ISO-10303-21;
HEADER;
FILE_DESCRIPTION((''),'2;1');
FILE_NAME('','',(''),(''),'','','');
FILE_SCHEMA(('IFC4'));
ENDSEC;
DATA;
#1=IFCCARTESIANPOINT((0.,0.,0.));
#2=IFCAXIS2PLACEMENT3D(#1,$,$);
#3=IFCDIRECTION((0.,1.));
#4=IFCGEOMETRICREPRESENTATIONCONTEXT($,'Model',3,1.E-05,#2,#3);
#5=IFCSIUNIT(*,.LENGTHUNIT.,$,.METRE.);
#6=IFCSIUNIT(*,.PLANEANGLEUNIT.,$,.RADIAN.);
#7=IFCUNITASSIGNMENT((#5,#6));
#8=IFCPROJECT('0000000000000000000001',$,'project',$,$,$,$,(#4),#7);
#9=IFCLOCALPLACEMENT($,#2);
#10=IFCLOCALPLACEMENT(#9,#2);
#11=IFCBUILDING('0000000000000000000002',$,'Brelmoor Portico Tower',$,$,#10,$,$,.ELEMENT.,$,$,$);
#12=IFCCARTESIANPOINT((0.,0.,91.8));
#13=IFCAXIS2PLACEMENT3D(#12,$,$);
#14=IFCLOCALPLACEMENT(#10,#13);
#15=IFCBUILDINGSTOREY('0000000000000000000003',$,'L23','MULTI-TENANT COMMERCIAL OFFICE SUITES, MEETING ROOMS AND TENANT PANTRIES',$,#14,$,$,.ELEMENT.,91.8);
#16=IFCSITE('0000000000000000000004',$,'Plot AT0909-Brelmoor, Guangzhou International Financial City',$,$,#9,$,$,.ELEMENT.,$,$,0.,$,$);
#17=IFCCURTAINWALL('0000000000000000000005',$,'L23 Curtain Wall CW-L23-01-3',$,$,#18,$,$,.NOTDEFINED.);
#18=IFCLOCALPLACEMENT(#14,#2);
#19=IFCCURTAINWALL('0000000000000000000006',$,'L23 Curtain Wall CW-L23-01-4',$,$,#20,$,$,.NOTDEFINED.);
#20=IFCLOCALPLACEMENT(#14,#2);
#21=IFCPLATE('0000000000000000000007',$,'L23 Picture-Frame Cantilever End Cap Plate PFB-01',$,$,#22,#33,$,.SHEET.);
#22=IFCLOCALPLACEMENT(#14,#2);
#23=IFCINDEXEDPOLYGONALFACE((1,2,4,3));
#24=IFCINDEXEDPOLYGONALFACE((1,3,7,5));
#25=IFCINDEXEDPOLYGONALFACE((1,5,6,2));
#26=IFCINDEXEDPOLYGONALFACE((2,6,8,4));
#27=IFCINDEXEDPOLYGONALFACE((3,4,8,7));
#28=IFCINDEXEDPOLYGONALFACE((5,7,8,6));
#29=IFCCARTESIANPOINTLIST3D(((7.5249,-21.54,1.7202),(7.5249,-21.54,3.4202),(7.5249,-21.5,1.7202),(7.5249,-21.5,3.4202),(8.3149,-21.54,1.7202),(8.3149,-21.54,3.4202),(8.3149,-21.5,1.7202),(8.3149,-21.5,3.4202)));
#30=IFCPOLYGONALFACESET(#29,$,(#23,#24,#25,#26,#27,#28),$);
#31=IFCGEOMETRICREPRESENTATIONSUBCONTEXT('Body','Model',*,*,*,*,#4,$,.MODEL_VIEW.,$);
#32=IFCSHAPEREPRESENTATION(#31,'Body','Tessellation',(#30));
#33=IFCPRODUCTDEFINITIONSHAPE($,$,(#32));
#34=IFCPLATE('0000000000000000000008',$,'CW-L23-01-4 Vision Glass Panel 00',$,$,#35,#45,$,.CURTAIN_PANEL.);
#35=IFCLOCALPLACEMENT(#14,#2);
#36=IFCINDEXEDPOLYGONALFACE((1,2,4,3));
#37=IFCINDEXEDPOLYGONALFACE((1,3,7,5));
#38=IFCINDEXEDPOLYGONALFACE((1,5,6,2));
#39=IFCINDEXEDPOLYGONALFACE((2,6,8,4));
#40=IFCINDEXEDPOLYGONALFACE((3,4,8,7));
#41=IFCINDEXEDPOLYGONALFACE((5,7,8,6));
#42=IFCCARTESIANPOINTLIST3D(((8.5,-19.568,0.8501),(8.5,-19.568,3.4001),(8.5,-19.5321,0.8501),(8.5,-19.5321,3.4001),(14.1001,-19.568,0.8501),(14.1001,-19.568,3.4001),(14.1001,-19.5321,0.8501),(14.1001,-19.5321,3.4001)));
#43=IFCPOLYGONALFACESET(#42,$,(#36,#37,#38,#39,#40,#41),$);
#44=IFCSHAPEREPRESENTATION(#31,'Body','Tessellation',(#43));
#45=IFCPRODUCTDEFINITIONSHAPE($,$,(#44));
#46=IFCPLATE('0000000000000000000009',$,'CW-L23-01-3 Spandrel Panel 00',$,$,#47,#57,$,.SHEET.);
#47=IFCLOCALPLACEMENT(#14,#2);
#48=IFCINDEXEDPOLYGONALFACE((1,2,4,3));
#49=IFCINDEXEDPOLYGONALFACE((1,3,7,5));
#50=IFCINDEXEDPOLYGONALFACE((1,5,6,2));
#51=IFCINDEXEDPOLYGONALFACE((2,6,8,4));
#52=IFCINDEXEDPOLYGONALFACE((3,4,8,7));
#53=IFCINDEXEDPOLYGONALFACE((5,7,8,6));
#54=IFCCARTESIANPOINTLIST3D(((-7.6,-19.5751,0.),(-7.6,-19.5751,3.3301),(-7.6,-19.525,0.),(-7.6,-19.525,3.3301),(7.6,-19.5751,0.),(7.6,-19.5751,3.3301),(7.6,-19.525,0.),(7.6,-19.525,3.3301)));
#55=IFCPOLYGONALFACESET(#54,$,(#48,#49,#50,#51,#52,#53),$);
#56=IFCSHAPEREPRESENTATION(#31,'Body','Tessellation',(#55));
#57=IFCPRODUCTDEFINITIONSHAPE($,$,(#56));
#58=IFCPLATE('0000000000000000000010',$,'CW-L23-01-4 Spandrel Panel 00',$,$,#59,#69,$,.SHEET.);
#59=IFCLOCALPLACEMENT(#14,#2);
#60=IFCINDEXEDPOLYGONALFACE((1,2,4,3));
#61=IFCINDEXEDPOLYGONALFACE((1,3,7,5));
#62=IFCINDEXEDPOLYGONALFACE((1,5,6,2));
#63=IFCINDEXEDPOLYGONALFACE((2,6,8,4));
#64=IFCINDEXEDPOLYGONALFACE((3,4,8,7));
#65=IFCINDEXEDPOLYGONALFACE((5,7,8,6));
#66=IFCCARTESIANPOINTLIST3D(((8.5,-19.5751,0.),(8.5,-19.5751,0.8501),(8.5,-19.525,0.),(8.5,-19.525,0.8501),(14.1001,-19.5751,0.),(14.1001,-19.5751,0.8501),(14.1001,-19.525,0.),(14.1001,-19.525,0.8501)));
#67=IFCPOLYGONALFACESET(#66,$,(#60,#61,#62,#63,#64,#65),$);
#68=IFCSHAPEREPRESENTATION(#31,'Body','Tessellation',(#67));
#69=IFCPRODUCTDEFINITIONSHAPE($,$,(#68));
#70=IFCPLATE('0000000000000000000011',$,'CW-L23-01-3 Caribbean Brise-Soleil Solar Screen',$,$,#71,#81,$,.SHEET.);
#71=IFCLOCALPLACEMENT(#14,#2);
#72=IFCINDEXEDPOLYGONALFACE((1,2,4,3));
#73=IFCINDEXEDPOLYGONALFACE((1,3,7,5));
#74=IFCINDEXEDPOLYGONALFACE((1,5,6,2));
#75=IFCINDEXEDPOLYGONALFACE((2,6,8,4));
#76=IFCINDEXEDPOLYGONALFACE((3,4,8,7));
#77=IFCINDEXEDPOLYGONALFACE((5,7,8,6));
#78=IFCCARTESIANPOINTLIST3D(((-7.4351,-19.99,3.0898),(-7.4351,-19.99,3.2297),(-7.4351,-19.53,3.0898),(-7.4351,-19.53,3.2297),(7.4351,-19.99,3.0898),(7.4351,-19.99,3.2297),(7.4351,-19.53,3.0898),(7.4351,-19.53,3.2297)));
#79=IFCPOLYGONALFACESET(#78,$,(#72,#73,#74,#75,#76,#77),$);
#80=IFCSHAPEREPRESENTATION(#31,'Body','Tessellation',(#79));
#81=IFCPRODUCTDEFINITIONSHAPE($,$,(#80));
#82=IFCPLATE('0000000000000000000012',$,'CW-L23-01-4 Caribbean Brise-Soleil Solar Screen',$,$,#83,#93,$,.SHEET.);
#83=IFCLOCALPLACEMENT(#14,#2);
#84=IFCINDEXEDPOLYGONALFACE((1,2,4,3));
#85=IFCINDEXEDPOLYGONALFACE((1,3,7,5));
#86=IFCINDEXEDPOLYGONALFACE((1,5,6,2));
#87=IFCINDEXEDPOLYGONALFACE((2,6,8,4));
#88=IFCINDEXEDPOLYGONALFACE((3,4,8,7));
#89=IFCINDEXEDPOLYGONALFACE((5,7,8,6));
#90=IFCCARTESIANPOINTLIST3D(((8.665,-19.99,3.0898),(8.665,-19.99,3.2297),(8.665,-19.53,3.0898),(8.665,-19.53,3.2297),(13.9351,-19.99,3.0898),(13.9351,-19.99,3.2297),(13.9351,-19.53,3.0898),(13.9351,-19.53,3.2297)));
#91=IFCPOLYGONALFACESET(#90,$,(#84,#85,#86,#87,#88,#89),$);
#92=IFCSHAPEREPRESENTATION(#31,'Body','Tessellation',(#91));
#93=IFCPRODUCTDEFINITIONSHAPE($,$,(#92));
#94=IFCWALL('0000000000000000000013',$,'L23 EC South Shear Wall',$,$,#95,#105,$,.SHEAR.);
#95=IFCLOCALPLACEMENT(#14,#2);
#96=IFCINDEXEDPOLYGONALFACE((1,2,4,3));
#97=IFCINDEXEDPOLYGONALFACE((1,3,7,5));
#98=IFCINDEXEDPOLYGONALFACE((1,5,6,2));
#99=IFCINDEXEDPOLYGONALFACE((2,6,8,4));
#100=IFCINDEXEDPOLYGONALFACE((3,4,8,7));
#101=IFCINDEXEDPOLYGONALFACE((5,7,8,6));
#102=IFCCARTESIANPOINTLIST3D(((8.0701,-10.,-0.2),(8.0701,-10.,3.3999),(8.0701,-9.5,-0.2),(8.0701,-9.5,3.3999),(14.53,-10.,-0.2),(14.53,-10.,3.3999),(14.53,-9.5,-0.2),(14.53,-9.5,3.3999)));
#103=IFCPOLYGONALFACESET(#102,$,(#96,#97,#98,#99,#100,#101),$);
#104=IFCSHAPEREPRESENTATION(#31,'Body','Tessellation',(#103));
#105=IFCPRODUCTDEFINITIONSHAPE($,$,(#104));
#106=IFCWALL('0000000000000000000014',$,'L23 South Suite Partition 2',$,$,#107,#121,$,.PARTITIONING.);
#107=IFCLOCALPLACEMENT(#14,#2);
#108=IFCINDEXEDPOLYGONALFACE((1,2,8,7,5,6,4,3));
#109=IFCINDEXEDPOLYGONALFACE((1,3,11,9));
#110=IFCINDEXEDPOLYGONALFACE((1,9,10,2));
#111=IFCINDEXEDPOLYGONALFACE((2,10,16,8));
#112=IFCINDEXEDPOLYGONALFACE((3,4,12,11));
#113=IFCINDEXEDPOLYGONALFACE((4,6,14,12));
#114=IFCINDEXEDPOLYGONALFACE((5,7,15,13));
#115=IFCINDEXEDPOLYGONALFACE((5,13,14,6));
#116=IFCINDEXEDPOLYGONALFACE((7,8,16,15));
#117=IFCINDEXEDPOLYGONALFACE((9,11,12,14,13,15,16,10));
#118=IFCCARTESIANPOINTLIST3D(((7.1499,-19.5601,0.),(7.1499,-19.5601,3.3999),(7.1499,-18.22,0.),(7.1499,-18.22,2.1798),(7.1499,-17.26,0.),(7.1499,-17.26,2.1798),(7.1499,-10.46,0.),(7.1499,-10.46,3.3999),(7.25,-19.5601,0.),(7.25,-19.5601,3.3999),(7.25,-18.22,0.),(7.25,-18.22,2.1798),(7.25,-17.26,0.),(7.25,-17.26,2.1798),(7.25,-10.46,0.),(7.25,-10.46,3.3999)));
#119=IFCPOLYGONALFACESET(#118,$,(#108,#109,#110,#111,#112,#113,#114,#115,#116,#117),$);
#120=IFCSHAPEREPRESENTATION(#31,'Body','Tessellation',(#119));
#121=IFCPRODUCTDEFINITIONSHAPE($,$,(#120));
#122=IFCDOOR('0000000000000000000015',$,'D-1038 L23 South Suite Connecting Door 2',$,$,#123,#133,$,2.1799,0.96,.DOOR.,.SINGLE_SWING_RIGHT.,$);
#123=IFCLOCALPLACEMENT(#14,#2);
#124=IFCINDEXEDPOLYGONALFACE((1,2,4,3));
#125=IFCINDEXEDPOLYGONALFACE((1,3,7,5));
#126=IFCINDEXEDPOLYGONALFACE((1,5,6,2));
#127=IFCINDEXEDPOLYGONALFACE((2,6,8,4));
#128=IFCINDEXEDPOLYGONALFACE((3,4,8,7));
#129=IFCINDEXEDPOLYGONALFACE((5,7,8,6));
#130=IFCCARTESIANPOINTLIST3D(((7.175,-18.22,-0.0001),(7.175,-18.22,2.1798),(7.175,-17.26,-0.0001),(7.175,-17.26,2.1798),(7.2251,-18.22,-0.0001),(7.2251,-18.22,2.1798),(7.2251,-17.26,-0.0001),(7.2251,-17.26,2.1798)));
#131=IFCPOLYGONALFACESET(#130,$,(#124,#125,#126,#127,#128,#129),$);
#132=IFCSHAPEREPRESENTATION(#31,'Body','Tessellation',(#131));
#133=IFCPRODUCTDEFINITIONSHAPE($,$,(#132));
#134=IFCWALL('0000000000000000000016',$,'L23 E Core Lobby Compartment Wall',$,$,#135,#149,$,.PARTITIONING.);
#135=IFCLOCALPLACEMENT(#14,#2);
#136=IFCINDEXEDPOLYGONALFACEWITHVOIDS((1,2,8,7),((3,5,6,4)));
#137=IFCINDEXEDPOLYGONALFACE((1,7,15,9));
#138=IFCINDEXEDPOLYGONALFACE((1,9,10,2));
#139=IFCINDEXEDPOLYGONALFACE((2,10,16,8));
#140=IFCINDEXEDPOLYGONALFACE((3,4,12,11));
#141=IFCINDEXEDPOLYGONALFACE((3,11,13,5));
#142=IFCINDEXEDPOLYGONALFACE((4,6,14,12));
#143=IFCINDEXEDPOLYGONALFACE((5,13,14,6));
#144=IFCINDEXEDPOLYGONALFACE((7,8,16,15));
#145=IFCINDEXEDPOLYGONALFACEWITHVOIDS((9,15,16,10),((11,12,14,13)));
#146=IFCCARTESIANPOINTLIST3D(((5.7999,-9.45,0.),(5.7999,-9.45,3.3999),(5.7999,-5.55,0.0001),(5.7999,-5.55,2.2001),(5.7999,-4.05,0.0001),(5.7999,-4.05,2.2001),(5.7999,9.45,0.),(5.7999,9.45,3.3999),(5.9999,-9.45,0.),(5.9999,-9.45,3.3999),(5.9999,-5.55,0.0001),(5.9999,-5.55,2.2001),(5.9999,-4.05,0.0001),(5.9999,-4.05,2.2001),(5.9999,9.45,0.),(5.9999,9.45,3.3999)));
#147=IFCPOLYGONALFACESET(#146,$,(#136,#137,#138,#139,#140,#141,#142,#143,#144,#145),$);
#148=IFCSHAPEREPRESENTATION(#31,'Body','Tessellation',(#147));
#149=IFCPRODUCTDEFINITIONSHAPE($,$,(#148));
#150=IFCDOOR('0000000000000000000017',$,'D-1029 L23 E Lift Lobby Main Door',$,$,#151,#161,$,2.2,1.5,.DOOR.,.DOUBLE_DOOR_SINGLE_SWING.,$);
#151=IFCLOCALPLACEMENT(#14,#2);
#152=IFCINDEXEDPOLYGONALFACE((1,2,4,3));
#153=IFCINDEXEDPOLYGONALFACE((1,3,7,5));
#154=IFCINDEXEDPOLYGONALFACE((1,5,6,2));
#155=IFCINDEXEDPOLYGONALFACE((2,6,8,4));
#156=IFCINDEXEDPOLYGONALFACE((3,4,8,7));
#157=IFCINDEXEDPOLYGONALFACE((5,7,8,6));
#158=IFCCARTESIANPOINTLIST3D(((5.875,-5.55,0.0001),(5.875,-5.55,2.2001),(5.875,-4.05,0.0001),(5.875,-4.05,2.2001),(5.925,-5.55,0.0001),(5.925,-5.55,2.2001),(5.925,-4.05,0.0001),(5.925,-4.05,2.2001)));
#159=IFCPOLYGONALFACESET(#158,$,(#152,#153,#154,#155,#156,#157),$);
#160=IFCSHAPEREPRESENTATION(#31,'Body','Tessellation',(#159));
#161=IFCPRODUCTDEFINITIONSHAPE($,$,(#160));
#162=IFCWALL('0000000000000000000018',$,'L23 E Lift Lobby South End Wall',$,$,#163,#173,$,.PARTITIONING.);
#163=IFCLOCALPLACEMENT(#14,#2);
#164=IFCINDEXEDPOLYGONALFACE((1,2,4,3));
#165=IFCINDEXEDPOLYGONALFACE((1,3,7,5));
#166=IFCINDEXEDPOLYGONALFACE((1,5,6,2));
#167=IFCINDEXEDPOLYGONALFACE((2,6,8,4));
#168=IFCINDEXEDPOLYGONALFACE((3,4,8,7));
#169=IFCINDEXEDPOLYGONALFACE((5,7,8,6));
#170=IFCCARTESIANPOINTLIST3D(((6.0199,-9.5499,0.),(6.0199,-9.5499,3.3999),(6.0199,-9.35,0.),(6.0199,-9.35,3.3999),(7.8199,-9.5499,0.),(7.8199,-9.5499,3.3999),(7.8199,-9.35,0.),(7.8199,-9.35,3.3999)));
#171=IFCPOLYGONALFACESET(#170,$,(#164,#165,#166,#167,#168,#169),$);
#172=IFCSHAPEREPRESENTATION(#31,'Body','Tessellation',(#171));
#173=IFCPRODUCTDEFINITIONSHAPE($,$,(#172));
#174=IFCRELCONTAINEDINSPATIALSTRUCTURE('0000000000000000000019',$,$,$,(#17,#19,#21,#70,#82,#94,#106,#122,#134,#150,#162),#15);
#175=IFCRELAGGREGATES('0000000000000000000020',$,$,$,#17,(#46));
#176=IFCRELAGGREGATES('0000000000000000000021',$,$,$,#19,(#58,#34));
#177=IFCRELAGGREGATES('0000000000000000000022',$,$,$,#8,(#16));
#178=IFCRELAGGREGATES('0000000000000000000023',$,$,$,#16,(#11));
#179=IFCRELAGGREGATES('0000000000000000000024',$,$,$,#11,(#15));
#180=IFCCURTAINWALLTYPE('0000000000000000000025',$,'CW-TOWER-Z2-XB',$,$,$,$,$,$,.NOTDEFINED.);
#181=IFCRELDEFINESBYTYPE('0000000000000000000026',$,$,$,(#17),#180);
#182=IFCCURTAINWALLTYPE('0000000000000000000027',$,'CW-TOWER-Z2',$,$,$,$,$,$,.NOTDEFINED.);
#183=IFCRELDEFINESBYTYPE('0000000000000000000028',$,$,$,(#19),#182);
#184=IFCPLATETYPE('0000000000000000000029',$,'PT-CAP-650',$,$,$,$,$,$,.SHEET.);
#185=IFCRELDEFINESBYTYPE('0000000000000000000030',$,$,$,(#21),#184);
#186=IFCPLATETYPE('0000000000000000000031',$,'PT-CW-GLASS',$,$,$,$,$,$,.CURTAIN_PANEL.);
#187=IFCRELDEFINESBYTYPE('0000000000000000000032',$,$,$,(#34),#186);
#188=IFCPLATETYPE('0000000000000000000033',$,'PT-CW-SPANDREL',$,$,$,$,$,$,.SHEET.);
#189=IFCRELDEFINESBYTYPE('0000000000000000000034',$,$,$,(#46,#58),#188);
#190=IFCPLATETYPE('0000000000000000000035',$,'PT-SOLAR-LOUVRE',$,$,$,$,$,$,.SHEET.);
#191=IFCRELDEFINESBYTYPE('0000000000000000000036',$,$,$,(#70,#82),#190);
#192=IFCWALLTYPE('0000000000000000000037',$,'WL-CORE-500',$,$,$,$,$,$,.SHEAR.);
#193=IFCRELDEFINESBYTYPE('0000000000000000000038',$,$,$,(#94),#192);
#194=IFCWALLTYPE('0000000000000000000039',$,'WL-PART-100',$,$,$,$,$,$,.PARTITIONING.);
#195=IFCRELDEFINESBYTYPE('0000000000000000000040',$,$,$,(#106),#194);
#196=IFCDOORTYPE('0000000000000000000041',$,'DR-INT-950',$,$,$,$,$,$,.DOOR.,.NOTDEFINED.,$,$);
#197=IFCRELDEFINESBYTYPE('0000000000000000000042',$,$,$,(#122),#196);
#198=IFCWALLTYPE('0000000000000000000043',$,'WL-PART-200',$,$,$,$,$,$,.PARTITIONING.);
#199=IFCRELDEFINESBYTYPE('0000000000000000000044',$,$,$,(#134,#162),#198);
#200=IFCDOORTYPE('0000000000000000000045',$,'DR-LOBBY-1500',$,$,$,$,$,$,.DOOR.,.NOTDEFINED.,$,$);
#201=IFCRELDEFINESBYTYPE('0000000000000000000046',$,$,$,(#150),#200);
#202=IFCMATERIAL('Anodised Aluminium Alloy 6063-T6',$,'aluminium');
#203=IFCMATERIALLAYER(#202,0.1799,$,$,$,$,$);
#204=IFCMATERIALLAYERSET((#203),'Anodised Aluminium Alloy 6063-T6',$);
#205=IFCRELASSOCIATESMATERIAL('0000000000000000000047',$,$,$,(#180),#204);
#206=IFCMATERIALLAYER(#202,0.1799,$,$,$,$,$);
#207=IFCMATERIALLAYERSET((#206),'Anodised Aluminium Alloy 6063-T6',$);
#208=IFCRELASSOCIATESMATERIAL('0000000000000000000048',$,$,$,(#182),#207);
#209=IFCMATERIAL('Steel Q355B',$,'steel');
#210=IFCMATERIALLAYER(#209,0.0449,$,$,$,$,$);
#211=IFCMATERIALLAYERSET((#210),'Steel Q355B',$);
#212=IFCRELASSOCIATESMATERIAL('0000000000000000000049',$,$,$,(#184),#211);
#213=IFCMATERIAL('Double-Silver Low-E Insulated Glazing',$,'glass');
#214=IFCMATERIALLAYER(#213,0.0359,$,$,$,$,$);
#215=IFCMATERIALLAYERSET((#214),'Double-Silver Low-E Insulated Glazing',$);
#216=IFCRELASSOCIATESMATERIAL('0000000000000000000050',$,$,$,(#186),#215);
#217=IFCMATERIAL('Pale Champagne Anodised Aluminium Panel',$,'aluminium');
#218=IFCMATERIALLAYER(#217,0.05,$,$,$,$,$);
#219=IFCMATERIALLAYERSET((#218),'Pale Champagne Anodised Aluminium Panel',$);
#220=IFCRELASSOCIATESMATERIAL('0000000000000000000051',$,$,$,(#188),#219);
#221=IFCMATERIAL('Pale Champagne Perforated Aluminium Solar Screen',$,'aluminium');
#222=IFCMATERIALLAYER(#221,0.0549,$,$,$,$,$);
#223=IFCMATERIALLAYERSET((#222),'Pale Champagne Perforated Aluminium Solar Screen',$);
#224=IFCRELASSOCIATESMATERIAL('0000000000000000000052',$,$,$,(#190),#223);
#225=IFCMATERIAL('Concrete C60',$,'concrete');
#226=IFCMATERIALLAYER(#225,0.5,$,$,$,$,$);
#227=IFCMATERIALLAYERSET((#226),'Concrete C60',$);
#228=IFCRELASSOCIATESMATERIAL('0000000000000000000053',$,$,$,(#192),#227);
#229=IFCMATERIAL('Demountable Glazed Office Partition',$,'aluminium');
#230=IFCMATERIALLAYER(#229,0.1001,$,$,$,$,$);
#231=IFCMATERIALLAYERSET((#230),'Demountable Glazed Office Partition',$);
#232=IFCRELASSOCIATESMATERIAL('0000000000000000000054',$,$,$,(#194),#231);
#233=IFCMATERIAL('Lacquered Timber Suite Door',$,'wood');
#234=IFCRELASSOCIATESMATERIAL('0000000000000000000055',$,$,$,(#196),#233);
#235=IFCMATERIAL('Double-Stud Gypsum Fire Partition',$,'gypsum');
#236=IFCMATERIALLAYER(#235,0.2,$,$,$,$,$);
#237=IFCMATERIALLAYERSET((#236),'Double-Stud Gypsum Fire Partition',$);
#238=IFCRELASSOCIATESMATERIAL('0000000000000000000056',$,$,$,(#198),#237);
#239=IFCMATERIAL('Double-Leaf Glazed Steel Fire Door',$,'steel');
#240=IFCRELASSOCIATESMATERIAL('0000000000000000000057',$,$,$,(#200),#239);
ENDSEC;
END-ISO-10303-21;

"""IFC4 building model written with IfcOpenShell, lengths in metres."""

from ifc_helpers import new_model, si_unit, direction, frame, frame_2d, origin, origin_2d, place, context, subcontext, project, spatial, rectangle, extrude, material, layer, layer_set, type_object, element, fill, aggregate, save


model = new_model("IFC4")

# Units and contexts
model_context = context("Model", 3, precision=1e-05, world=origin(), true_north=direction((0.0, 1.0)))
body_context = subcontext(model_context, "Body", "Model", "MODEL_VIEW")
ifc_project = project(units=[si_unit("LENGTHUNIT", "METRE"), si_unit("PLANEANGLEUNIT", "RADIAN")], contexts=[model_context])

# Site, building, storey
site_placement = place(None, origin())
site = spatial("IfcSite", under=ifc_project, at=site_placement, Name="Plot AT0909-Brelmoor, Guangzhou International Financial City", CompositionType="ELEMENT", RefElevation=0.0)
building_placement = place(site_placement, origin())
building = spatial("IfcBuilding", under=site, at=building_placement, Name="Brelmoor Portico Tower", CompositionType="ELEMENT")
storey_placement = place(building_placement, frame((0.0, 0.0, 91.8)))
storey = spatial("IfcBuildingStorey", under=building, at=storey_placement, Name="L23", Description="MULTI-TENANT COMMERCIAL OFFICE SUITES, MEETING ROOMS AND TENANT PANTRIES", CompositionType="ELEMENT", Elevation=91.8)

# Shared definitions
ifc_material_1 = material(Name="Steel Q355B", Category="steel")

# Curtain wall
ifc_material_2 = material(Name="Anodised Aluminium Alloy 6063-T6", Category="aluminium")
ifc_layer_1 = layer(ifc_material_2, 0.1799)
ifc_layer_set_1 = layer_set([ifc_layer_1], Name="Anodised Aluminium Alloy 6063-T6")
curtain_wall_type_1 = type_object("IfcCurtainWallType", Name="CW-TOWER-Z2-XB", PredefinedType="NOTDEFINED", material=ifc_layer_set_1)
curtain_wall_1_placement = place(storey_placement, origin())
curtain_wall_1 = element("IfcCurtainWall", 1, at=curtain_wall_1_placement, inside=storey, type_object=curtain_wall_type_1, Name="L23 Curtain Wall CW-L23-01-3", PredefinedType="NOTDEFINED")

# Curtain wall
ifc_layer_2 = layer(ifc_material_2, 0.1799)
ifc_layer_set_2 = layer_set([ifc_layer_2], Name="Anodised Aluminium Alloy 6063-T6")
curtain_wall_type_2 = type_object("IfcCurtainWallType", Name="CW-TOWER-Z2", PredefinedType="NOTDEFINED", material=ifc_layer_set_2)
curtain_wall_2_placement = place(storey_placement, origin())
curtain_wall_2 = element("IfcCurtainWall", 2, at=curtain_wall_2_placement, inside=storey, type_object=curtain_wall_type_2, Name="L23 Curtain Wall CW-L23-01-4", PredefinedType="NOTDEFINED")

# Plates
ifc_layer_3 = layer(ifc_material_1, 0.0449)
ifc_layer_set_3 = layer_set([ifc_layer_3], Name="Steel Q355B")
plate_type_1 = type_object("IfcPlateType", Name="PT-CAP-650", PredefinedType="SHEET", material=ifc_layer_set_3)
plate_1_placement = place(storey_placement, frame((7.9199, -21.52, 1.7202), z_axis=(0.0, 0.0, 1.0), x_axis=(1.0, 0.0, 0.0)))
element("IfcPlate", 3, at=plate_1_placement, inside=storey, type_object=plate_type_1, Name="L23 Picture-Frame Cantilever End Cap Plate PFB-01", PredefinedType="SHEET", context=body_context, shape_type="SweptSolid", body=[
    extrude(rectangle(XDim=0.79, YDim=0.04, at=origin_2d()), origin(), (0.0, 0.0, 1.0), 1.7),
])
ifc_material_3 = material(Name="Double-Silver Low-E Insulated Glazing", Category="glass")
ifc_layer_4 = layer(ifc_material_3, 0.0359)
ifc_layer_set_4 = layer_set([ifc_layer_4], Name="Double-Silver Low-E Insulated Glazing")
plate_type_2 = type_object("IfcPlateType", Name="PT-CW-GLASS", PredefinedType="CURTAIN_PANEL", material=ifc_layer_set_4)
plate_2_placement = place(storey_placement, frame((11.3, -19.55, 0.8501), z_axis=(0.0, 0.0, 1.0), x_axis=(1.0, 0.0, 0.0)))
plate_2 = element("IfcPlate", 4, at=plate_2_placement, type_object=plate_type_2, Name="CW-L23-01-4 Vision Glass Panel 00", PredefinedType="CURTAIN_PANEL", context=body_context, shape_type="SweptSolid", body=[
    extrude(rectangle(XDim=5.6001, YDim=0.0359, at=origin_2d()), origin(), (0.0, 0.0, 1.0), 2.55),
])
ifc_material_4 = material(Name="Pale Champagne Anodised Aluminium Panel", Category="aluminium")
ifc_layer_5 = layer(ifc_material_4, 0.05)
ifc_layer_set_5 = layer_set([ifc_layer_5], Name="Pale Champagne Anodised Aluminium Panel")
plate_type_3 = type_object("IfcPlateType", Name="PT-CW-SPANDREL", PredefinedType="SHEET", material=ifc_layer_set_5)
plate_3_placement = place(storey_placement, frame((0.0, -19.55, 0.0), z_axis=(0.0, 0.0, 1.0), x_axis=(1.0, 0.0, 0.0)))
plate_3 = element("IfcPlate", 5, at=plate_3_placement, type_object=plate_type_3, Name="CW-L23-01-3 Spandrel Panel 00", PredefinedType="SHEET", context=body_context, shape_type="SweptSolid", body=[
    extrude(rectangle(XDim=15.2, YDim=0.05, at=origin_2d()), origin(), (0.0, 0.0, 1.0), 3.3301),
])
aggregate(curtain_wall_1, [plate_3])
plate_4_placement = place(storey_placement, frame((11.3, -19.55, 0.0), z_axis=(0.0, 0.0, 1.0), x_axis=(1.0, 0.0, 0.0)))
plate_4 = element("IfcPlate", 6, at=plate_4_placement, type_object=plate_type_3, Name="CW-L23-01-4 Spandrel Panel 00", PredefinedType="SHEET", context=body_context, shape_type="SweptSolid", body=[
    extrude(rectangle(XDim=5.6001, YDim=0.05, at=origin_2d()), origin(), (0.0, 0.0, 1.0), 0.8501),
])
aggregate(curtain_wall_2, [plate_4, plate_2])

# Plates
ifc_material_5 = material(Name="Pale Champagne Perforated Aluminium Solar Screen", Category="aluminium")
ifc_layer_6 = layer(ifc_material_5, 0.0549)
ifc_layer_set_6 = layer_set([ifc_layer_6], Name="Pale Champagne Perforated Aluminium Solar Screen")
plate_type_4 = type_object("IfcPlateType", Name="PT-SOLAR-LOUVRE", PredefinedType="SHEET", material=ifc_layer_set_6)
plate_5_placement = place(storey_placement, frame((0.0, -19.76, 3.0898), z_axis=(0.0, 0.0, 1.0), x_axis=(1.0, 0.0, 0.0)))
element("IfcPlate", 7, at=plate_5_placement, inside=storey, type_object=plate_type_4, Name="CW-L23-01-3 Caribbean Brise-Soleil Solar Screen", PredefinedType="SHEET", context=body_context, shape_type="SweptSolid", body=[
    extrude(rectangle(XDim=14.8701, YDim=0.46, at=origin_2d()), origin(), (0.0, 0.0, 1.0), 0.1399),
])
plate_6_placement = place(storey_placement, frame((11.3, -19.76, 3.0898), z_axis=(0.0, 0.0, 1.0), x_axis=(1.0, 0.0, 0.0)))
element("IfcPlate", 8, at=plate_6_placement, inside=storey, type_object=plate_type_4, Name="CW-L23-01-4 Caribbean Brise-Soleil Solar Screen", PredefinedType="SHEET", context=body_context, shape_type="SweptSolid", body=[
    extrude(rectangle(XDim=5.27, YDim=0.46, at=origin_2d()), origin(), (0.0, 0.0, 1.0), 0.1399),
])

# Wall
ifc_material_6 = material(Name="Concrete C60", Category="concrete")
ifc_layer_7 = layer(ifc_material_6, 0.5)
ifc_layer_set_7 = layer_set([ifc_layer_7], Name="Concrete C60")
wall_type_1 = type_object("IfcWallType", Name="WL-CORE-500", PredefinedType="SHEAR", material=ifc_layer_set_7)
wall_1_placement = place(storey_placement, frame((8.0701, -9.75, -0.2), z_axis=(0.0, 0.0, 1.0), x_axis=(1.0, 0.0, 0.0)))
element("IfcWall", 9, at=wall_1_placement, inside=storey, type_object=wall_type_1, Name="L23 EC South Shear Wall", PredefinedType="SHEAR", context=body_context, shape_type="SweptSolid", body=[
    extrude(rectangle(XDim=6.46, YDim=0.5, at=frame_2d((3.23, 0.0))), origin(), (0.0, 0.0, 1.0), 3.5999),
])

# Walls, openings, doors
ifc_material_7 = material(Name="Demountable Glazed Office Partition", Category="aluminium")
ifc_layer_8 = layer(ifc_material_7, 0.1001)
ifc_layer_set_8 = layer_set([ifc_layer_8], Name="Demountable Glazed Office Partition")
wall_type_2 = type_object("IfcWallType", Name="WL-PART-100", PredefinedType="PARTITIONING", material=ifc_layer_set_8)
wall_2_placement = place(storey_placement, frame((7.2, -19.5601, 0.0), z_axis=(0.0, 0.0, 1.0), x_axis=(0.0, 1.0, 0.0)))
wall_2 = element("IfcWall", 10, at=wall_2_placement, inside=storey, type_object=wall_type_2, Name="L23 South Suite Partition 2", PredefinedType="PARTITIONING", context=body_context, shape_type="SweptSolid", body=[
    extrude(rectangle(XDim=9.1001, YDim=0.1001, at=frame_2d((4.55, 0.0))), origin(), (0.0, 0.0, 1.0), 3.3999),
])
opening_1_placement = place(wall_2_placement, frame((1.3401, 0.0, 0.0)))
opening_1 = element("IfcOpeningElement", 11, at=opening_1_placement, cuts=wall_2, PredefinedType="OPENING", context=body_context, shape_type="SweptSolid", body=[
    extrude(rectangle(XDim=0.96, YDim=2.1799, at=frame_2d((0.48, 1.0898))), frame((0.0, 0.0601, 0.0), z_axis=(0.0, -1.0, 0.0), x_axis=(1.0, 0.0, 0.0)), (0.0, 0.0, 1.0), 0.1201),
])
ifc_material_8 = material(Name="Lacquered Timber Suite Door", Category="wood")
door_type_1 = type_object("IfcDoorType", Name="DR-INT-950", OperationType="NOTDEFINED", PredefinedType="DOOR", material=ifc_material_8)
door_1_placement = place(opening_1_placement, origin())
door_1 = element("IfcDoor", 12, at=door_1_placement, inside=storey, type_object=door_type_1, Name="D-1038 L23 South Suite Connecting Door 2", OperationType="SINGLE_SWING_RIGHT", OverallHeight=2.1799, OverallWidth=0.96, PredefinedType="DOOR", context=body_context, shape_type="SweptSolid", body=[
    extrude(rectangle(XDim=0.96, YDim=2.1799, at=frame_2d((0.48, 1.0898))), frame((0.0, 0.0249, 0.0), z_axis=(0.0, -1.0, 0.0), x_axis=(1.0, 0.0, 0.0)), (0.0, 0.0, 1.0), 0.05),
])
fill(opening_1, door_1)
ifc_material_9 = material(Name="Double-Stud Gypsum Fire Partition", Category="gypsum")
ifc_layer_9 = layer(ifc_material_9, 0.2)
ifc_layer_set_9 = layer_set([ifc_layer_9], Name="Double-Stud Gypsum Fire Partition")
wall_type_3 = type_object("IfcWallType", Name="WL-PART-200", PredefinedType="PARTITIONING", material=ifc_layer_set_9)
wall_3_placement = place(storey_placement, frame((5.8999, -9.45, 0.0), z_axis=(0.0, 0.0, 1.0), x_axis=(0.0, 1.0, 0.0)))
wall_3 = element("IfcWall", 13, at=wall_3_placement, inside=storey, type_object=wall_type_3, Name="L23 E Core Lobby Compartment Wall", PredefinedType="PARTITIONING", context=body_context, shape_type="SweptSolid", body=[
    extrude(rectangle(XDim=18.8999, YDim=0.2, at=frame_2d((9.45, 0.0))), origin(), (0.0, 0.0, 1.0), 3.3999),
])
opening_2_placement = place(wall_3_placement, frame((3.8999, 0.0, 0.0)))
opening_2 = element("IfcOpeningElement", 14, at=opening_2_placement, cuts=wall_3, PredefinedType="OPENING", context=body_context, shape_type="SweptSolid", body=[
    extrude(rectangle(XDim=1.5, YDim=2.2, at=frame_2d((0.75, 1.1001))), frame((0.0, 0.1099, 0.0), z_axis=(0.0, -1.0, 0.0), x_axis=(1.0, 0.0, 0.0)), (0.0, 0.0, 1.0), 0.22),
])
ifc_material_10 = material(Name="Double-Leaf Glazed Steel Fire Door", Category="steel")
door_type_2 = type_object("IfcDoorType", Name="DR-LOBBY-1500", OperationType="NOTDEFINED", PredefinedType="DOOR", material=ifc_material_10)
door_2_placement = place(opening_2_placement, origin())
door_2 = element("IfcDoor", 15, at=door_2_placement, inside=storey, type_object=door_type_2, Name="D-1029 L23 E Lift Lobby Main Door", OperationType="DOUBLE_DOOR_SINGLE_SWING", OverallHeight=2.2, OverallWidth=1.5, PredefinedType="DOOR", context=body_context, shape_type="SweptSolid", body=[
    extrude(rectangle(XDim=1.5, YDim=2.2, at=frame_2d((0.75, 1.1001))), frame((0.0, 0.0249, 0.0), z_axis=(0.0, -1.0, 0.0), x_axis=(1.0, 0.0, 0.0)), (0.0, 0.0, 1.0), 0.05),
])
fill(opening_2, door_2)

# Wall
wall_4_placement = place(storey_placement, frame((6.02, -9.45, 0.0), z_axis=(0.0, 0.0, 1.0), x_axis=(1.0, 0.0, 0.0)))
element("IfcWall", 16, at=wall_4_placement, inside=storey, type_object=wall_type_3, Name="L23 E Lift Lobby South End Wall", PredefinedType="PARTITIONING", context=body_context, shape_type="SweptSolid", body=[
    extrude(rectangle(XDim=1.8, YDim=0.2, at=frame_2d((0.8999, 0.0))), origin(), (0.0, 0.0, 1.0), 3.3999),
])

save(model, "model.ifc")
